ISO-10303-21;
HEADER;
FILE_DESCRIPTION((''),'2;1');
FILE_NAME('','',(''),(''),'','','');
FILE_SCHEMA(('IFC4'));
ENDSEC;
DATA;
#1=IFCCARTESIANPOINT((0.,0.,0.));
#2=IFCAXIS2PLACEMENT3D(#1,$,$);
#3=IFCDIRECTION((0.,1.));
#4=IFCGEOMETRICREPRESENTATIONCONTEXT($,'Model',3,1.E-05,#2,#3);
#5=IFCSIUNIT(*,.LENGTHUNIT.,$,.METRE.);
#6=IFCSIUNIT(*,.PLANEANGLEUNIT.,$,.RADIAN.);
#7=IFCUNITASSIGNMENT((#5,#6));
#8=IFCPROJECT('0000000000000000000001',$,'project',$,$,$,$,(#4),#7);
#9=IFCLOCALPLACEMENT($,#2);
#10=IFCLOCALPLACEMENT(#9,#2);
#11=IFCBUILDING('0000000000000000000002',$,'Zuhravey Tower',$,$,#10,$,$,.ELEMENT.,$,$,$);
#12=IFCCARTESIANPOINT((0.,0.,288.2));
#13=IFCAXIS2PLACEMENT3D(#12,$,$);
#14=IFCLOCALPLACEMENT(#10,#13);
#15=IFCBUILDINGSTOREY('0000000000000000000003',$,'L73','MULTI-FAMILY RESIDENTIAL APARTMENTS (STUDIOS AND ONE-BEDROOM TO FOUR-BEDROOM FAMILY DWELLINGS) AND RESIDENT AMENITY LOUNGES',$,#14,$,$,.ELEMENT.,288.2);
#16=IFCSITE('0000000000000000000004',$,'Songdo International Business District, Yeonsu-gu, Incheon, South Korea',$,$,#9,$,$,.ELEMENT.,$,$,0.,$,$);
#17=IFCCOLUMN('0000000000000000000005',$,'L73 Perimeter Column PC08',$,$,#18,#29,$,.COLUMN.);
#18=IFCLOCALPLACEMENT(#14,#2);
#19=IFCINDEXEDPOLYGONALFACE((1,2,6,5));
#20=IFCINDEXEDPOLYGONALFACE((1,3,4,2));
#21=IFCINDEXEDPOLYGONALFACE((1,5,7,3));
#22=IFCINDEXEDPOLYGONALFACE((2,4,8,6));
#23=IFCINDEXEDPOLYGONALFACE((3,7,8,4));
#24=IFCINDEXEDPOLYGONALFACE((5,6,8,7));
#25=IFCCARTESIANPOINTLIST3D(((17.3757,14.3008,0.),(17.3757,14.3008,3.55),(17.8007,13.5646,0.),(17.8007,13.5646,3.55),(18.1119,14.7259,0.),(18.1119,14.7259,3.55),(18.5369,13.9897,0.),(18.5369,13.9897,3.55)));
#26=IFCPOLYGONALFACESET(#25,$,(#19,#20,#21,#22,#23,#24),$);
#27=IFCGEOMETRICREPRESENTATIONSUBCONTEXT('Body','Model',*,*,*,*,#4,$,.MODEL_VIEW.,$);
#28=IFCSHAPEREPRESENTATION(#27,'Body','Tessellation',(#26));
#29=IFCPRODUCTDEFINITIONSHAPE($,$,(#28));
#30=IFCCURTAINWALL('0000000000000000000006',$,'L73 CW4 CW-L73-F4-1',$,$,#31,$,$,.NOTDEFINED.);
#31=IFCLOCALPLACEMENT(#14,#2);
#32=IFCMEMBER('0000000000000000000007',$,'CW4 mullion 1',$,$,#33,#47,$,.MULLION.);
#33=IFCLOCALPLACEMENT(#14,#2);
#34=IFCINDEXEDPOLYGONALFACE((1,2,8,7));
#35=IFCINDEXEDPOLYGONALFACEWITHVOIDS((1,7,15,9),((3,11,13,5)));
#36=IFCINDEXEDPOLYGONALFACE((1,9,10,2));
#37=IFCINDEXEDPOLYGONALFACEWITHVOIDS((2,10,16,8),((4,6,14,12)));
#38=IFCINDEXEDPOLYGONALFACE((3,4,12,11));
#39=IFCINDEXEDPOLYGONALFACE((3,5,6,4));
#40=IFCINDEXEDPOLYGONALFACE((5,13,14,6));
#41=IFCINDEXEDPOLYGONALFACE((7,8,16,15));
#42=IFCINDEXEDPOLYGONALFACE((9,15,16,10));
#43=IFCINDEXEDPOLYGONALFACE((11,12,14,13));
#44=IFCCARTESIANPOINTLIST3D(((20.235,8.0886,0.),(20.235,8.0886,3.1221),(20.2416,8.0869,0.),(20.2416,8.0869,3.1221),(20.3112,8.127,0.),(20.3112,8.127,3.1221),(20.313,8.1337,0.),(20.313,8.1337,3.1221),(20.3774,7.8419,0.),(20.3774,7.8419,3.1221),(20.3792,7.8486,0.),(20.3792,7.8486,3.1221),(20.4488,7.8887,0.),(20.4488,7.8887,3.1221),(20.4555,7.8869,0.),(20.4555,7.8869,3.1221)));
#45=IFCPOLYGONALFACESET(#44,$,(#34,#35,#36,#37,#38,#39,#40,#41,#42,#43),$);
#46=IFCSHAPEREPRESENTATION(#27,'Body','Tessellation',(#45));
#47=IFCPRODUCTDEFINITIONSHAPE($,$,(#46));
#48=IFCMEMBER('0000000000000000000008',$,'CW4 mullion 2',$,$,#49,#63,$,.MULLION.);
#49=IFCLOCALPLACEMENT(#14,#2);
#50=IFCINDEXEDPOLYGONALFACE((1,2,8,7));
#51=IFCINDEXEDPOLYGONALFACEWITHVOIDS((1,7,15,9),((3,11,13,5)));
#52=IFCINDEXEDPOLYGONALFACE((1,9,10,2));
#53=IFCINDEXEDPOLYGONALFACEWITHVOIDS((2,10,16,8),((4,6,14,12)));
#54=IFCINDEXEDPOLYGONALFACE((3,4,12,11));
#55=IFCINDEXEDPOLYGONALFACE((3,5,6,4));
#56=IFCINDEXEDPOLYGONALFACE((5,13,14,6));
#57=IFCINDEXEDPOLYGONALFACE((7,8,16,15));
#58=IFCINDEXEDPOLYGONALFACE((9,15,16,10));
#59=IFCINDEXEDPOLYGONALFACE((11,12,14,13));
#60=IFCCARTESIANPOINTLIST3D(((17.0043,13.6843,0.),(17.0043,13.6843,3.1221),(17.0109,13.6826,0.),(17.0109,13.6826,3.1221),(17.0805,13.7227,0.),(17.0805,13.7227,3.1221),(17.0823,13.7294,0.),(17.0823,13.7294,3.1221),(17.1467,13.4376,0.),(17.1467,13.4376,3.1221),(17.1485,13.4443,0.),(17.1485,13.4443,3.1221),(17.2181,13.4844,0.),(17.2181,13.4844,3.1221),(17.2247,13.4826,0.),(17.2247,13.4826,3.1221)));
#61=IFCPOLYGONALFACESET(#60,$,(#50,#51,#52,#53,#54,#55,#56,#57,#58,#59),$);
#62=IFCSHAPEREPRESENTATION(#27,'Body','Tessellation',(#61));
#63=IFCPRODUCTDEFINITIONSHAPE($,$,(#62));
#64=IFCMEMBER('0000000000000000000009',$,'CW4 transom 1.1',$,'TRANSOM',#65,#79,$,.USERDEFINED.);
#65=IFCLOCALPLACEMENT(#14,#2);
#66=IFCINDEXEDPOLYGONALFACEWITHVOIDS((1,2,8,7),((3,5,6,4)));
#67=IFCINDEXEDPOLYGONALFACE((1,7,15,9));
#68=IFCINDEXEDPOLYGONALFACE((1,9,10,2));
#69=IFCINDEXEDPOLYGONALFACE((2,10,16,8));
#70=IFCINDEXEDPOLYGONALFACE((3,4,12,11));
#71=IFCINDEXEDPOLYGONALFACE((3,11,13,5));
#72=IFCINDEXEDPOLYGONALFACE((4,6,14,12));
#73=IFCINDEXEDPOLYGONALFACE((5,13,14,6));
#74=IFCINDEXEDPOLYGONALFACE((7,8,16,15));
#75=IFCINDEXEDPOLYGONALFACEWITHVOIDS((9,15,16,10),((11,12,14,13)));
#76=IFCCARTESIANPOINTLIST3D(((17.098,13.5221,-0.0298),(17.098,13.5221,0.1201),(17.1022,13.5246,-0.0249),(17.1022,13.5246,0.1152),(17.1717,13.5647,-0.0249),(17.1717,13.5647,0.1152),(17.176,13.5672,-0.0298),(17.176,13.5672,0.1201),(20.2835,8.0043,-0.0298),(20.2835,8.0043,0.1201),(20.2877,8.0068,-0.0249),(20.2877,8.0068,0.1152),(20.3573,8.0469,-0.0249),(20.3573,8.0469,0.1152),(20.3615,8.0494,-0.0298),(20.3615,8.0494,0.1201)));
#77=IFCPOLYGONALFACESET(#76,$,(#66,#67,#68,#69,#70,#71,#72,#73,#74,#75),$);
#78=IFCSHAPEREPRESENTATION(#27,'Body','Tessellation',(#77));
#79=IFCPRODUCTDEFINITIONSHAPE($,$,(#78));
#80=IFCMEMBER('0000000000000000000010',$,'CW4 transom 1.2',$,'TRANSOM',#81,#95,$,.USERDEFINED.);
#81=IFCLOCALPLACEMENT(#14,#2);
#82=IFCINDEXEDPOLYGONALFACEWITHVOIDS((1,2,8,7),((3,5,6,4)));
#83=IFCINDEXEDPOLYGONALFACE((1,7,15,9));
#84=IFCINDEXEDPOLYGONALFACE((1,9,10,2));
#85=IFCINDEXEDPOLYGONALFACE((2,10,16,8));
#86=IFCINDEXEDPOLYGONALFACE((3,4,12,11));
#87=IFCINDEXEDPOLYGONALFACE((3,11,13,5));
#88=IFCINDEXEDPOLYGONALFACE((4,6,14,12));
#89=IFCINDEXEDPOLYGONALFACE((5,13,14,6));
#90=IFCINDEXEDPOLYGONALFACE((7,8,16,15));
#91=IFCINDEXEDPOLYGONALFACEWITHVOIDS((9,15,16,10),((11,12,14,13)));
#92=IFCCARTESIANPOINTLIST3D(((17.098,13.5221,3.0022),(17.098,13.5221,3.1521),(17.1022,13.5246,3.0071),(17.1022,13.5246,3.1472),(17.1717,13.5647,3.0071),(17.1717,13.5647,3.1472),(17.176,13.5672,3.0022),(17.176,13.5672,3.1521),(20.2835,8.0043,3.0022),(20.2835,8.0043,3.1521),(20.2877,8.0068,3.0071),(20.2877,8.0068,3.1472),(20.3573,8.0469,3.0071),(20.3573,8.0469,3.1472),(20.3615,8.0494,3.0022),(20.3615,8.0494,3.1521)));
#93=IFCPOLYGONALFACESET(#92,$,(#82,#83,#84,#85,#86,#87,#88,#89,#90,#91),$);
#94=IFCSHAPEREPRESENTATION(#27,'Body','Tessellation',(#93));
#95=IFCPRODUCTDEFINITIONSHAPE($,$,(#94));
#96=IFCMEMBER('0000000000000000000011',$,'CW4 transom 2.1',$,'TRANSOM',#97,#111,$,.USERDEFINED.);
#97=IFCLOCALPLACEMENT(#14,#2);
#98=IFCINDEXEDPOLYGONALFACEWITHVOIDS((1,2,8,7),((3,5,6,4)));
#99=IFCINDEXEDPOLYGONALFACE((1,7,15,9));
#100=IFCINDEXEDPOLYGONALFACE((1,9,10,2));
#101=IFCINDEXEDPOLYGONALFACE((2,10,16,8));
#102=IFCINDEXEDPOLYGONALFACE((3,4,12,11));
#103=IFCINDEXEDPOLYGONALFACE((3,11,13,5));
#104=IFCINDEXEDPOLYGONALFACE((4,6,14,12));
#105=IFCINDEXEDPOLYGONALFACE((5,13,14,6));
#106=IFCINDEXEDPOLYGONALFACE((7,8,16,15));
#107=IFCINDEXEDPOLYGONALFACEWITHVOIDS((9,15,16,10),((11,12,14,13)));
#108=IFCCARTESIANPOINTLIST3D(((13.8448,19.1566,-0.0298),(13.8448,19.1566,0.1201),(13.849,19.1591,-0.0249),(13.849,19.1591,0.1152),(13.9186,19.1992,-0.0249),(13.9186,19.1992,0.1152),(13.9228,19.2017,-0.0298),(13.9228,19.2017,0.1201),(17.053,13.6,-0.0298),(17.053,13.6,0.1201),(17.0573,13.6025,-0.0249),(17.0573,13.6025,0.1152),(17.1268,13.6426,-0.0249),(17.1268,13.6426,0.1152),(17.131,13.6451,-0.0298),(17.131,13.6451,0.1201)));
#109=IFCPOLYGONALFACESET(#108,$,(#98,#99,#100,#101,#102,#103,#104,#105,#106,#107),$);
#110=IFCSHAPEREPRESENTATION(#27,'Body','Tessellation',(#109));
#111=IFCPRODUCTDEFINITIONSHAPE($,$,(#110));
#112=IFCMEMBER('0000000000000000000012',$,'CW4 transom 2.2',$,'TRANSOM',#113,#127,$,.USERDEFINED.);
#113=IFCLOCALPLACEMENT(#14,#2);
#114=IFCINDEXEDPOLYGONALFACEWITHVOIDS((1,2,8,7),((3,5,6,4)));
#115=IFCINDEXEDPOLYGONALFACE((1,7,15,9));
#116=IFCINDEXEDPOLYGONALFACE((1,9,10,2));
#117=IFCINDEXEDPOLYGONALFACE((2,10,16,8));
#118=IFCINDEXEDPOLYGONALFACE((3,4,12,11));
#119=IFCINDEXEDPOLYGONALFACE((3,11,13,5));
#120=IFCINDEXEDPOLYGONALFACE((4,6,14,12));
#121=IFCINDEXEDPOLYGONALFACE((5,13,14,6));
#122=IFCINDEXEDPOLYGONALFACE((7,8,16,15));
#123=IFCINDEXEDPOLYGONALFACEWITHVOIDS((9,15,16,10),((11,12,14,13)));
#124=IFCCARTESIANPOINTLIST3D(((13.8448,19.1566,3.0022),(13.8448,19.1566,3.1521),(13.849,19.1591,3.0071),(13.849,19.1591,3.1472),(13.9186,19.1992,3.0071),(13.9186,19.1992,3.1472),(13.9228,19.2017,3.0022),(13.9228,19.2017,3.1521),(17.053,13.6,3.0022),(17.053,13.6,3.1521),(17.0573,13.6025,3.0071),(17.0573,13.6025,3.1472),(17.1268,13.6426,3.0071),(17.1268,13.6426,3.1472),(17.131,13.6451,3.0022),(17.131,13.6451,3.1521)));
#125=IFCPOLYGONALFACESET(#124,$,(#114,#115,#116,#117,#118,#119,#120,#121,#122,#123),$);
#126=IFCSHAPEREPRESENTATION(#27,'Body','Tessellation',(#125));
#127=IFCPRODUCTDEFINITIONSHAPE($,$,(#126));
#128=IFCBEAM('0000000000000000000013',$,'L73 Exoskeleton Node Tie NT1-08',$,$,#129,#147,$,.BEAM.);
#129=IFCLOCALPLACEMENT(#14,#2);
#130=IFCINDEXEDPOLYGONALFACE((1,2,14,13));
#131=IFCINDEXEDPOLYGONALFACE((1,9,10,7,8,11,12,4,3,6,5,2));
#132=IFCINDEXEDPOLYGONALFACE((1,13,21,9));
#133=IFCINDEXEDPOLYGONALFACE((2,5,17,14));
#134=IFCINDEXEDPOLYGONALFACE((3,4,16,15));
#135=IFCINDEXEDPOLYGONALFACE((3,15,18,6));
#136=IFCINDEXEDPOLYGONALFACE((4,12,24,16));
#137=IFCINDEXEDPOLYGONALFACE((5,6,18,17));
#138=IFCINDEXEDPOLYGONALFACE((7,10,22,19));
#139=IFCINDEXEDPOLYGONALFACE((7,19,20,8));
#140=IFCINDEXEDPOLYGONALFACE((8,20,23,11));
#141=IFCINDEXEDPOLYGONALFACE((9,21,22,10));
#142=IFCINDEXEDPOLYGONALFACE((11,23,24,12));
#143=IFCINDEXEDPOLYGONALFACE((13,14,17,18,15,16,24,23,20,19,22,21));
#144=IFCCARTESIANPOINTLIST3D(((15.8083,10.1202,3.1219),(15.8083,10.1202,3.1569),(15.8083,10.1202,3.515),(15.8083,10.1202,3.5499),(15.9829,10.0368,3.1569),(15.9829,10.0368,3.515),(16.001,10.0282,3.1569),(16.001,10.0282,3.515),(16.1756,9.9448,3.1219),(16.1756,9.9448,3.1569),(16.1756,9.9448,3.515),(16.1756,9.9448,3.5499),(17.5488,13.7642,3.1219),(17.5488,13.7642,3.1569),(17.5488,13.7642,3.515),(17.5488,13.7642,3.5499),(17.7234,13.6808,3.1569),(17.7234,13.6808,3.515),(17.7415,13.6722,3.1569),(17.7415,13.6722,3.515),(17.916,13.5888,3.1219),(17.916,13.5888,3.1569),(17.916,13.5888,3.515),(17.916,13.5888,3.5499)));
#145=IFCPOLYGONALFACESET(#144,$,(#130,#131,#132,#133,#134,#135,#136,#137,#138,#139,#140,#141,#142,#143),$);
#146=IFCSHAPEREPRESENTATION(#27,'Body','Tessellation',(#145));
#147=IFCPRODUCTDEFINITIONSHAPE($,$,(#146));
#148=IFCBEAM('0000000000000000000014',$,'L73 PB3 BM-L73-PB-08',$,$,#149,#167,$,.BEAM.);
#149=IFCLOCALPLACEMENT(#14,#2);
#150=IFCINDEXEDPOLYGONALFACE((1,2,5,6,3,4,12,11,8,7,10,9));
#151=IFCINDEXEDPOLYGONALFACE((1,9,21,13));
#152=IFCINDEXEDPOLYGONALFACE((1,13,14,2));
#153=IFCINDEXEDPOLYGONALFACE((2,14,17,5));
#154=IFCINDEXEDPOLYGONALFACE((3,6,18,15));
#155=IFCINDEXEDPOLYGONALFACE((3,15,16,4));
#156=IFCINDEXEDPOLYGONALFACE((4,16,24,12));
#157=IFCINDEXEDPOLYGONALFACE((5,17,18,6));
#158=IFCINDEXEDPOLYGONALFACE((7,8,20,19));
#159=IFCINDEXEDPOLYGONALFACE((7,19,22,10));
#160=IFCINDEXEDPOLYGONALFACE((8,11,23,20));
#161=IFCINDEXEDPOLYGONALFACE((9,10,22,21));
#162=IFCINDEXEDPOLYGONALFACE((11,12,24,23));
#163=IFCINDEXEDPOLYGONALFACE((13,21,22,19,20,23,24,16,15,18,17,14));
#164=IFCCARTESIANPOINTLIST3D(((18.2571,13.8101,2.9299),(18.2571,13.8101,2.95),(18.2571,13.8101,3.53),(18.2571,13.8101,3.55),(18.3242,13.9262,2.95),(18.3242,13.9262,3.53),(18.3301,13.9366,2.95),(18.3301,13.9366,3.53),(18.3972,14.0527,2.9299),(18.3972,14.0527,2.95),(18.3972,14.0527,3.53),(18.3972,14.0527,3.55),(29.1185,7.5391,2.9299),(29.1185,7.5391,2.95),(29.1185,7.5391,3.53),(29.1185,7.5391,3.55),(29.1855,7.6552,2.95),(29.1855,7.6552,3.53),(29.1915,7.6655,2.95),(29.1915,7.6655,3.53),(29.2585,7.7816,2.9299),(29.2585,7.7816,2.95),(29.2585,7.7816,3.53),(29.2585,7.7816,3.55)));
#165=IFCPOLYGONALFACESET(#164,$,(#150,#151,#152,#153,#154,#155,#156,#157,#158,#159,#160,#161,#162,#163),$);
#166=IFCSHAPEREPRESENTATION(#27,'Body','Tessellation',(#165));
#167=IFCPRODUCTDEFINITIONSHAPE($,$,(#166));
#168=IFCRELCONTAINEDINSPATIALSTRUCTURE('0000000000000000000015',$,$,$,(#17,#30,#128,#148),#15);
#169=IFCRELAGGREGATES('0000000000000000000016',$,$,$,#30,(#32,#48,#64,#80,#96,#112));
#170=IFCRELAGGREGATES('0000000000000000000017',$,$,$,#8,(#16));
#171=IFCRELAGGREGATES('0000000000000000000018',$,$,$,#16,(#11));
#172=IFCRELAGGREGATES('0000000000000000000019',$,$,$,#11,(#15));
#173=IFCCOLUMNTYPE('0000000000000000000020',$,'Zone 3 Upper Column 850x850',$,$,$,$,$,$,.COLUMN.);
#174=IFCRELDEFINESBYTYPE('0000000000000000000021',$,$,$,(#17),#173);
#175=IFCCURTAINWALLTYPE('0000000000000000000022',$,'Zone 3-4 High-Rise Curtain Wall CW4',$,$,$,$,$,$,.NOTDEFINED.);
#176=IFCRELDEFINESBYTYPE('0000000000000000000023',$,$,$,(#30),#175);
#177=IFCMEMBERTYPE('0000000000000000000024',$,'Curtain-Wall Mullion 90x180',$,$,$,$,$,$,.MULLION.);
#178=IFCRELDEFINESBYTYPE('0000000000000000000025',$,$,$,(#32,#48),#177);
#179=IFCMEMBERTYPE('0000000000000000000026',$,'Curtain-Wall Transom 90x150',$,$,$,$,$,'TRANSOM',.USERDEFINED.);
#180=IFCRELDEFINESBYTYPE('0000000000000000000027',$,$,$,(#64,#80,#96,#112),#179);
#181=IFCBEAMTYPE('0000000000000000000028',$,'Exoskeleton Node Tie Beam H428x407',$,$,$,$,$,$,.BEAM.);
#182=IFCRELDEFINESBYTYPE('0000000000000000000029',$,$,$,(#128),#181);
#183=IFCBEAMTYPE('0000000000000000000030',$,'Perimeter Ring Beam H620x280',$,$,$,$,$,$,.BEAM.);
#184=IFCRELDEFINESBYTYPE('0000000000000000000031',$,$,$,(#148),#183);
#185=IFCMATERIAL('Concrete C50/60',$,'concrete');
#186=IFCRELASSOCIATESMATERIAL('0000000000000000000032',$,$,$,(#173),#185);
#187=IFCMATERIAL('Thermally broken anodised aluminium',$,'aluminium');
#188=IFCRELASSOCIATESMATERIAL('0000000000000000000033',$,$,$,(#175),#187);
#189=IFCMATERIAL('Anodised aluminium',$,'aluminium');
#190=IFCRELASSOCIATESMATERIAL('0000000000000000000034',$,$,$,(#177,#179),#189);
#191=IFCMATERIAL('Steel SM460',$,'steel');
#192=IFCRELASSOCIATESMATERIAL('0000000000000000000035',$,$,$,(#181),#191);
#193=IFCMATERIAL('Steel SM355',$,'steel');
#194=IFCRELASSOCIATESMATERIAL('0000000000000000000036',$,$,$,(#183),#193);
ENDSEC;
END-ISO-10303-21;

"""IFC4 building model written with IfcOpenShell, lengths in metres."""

from ifc_helpers import new_model, si_unit, direction, frame, origin, origin_2d, place, context, subcontext, project, spatial, rectangle, hollow_rectangle, i_section, extrude, material, material_profile, profile_set, type_object, element, aggregate, save


model = new_model("IFC4")

# Units and contexts
model_context = context("Model", 3, precision=1e-05, world=origin(), true_north=direction((0.0, 1.0)))
body_context = subcontext(model_context, "Body", "Model", "MODEL_VIEW")
ifc_project = project(units=[si_unit("LENGTHUNIT", "METRE"), si_unit("PLANEANGLEUNIT", "RADIAN")], contexts=[model_context])

# Site, building, storey
site_placement = place(None, origin())
site = spatial("IfcSite", under=ifc_project, at=site_placement, Name="Songdo International Business District, Yeonsu-gu, Incheon, South Korea", CompositionType="ELEMENT", RefElevation=0.0)
building_placement = place(site_placement, origin())
building = spatial("IfcBuilding", under=site, at=building_placement, Name="Zuhravey Tower", CompositionType="ELEMENT")
storey_placement = place(building_placement, frame((0.0, 0.0, 288.2)))
storey = spatial("IfcBuildingStorey", under=building, at=storey_placement, Name="L73", Description="MULTI-FAMILY RESIDENTIAL APARTMENTS (STUDIOS AND ONE-BEDROOM TO FOUR-BEDROOM FAMILY DWELLINGS) AND RESIDENT AMENITY LOUNGES", CompositionType="ELEMENT", Elevation=288.2)

# Column
ifc_material_1 = material(Name="Concrete C50/60", Category="concrete")
ifc_material_profile_1 = material_profile(ifc_material_1, rectangle(XDim=0.8501, YDim=0.8501, at=origin_2d()), Name="RC-850x850")
ifc_profile_set_1 = profile_set([ifc_material_profile_1], Name="Concrete C50/60")
column_type = type_object("IfcColumnType", Name="Zone 3 Upper Column 850x850", PredefinedType="COLUMN", material=ifc_profile_set_1)
column_placement = place(storey_placement, frame((17.9563, 14.1453, 0.0), z_axis=(0.0, 0.0, 1.0), x_axis=(0.5, -0.866025, 0.0)))
element("IfcColumn", 1, at=column_placement, inside=storey, type_object=column_type, Name="L73 Perimeter Column PC08", PredefinedType="COLUMN", context=body_context, shape_type="SweptSolid", body=[
    extrude(rectangle(XDim=0.8501, YDim=0.8501, at=origin_2d()), origin(), (0.0, 0.0, 1.0), 3.55),
])

# Curtain wall, members
ifc_material_2 = material(Name="Thermally broken anodised aluminium", Category="aluminium")
curtain_wall_type = type_object("IfcCurtainWallType", Name="Zone 3-4 High-Rise Curtain Wall CW4", PredefinedType="NOTDEFINED", material=ifc_material_2)
curtain_wall_placement = place(storey_placement, origin())
curtain_wall = element("IfcCurtainWall", 2, at=curtain_wall_placement, inside=storey, type_object=curtain_wall_type, Name="L73 CW4 CW-L73-F4-1", PredefinedType="NOTDEFINED")
ifc_material_3 = material(Name="Anodised aluminium", Category="aluminium")
ifc_material_profile_2 = material_profile(ifc_material_3, hollow_rectangle(XDim=0.0901, YDim=0.2849, WallThickness=0.0049, at=origin_2d()), Name="ALU-RHS-90x285x5")
ifc_profile_set_2 = profile_set([ifc_material_profile_2], Name="Anodised aluminium")
member_type_1 = type_object("IfcMemberType", Name="Curtain-Wall Mullion 90x180", PredefinedType="MULLION", material=ifc_profile_set_2)
member_1_placement = place(storey_placement, frame((20.3452, 7.9878, 0.0), z_axis=(0.0, 0.0, 1.0), x_axis=(-0.866025, -0.500001, 0.0)))
member_1 = element("IfcMember", 3, at=member_1_placement, type_object=member_type_1, Name="CW4 mullion 1", PredefinedType="MULLION", context=body_context, shape_type="SweptSolid", body=[
    extrude(hollow_rectangle(XDim=0.0901, YDim=0.2849, WallThickness=0.0049, at=origin_2d()), origin(), (0.0, 0.0, 1.0), 3.1221),
])
member_2_placement = place(storey_placement, frame((17.1145, 13.5835, 0.0), z_axis=(0.0, 0.0, 1.0), x_axis=(-0.866025, -0.500001, 0.0)))
member_2 = element("IfcMember", 4, at=member_2_placement, type_object=member_type_1, Name="CW4 mullion 2", PredefinedType="MULLION", context=body_context, shape_type="SweptSolid", body=[
    extrude(hollow_rectangle(XDim=0.0901, YDim=0.2849, WallThickness=0.0049, at=origin_2d()), origin(), (0.0, 0.0, 1.0), 3.1221),
])
ifc_material_profile_3 = material_profile(ifc_material_3, hollow_rectangle(XDim=0.0901, YDim=0.1499, WallThickness=0.0049, at=origin_2d()), Name="ALU-RHS-90x150x5")
ifc_profile_set_3 = profile_set([ifc_material_profile_3], Name="Anodised aluminium")
member_type_2 = type_object("IfcMemberType", Name="Curtain-Wall Transom 90x150", ElementType="TRANSOM", PredefinedType="USERDEFINED", material=ifc_profile_set_3)
member_3_placement = place(storey_placement, frame((20.3225, 8.0269, 0.0452), z_axis=(-0.49998, 0.866037, 0.0), x_axis=(-0.866037, -0.49998, 0.0)))
member_3 = element("IfcMember", 5, at=member_3_placement, type_object=member_type_2, Name="CW4 transom 1.1", ObjectType="TRANSOM", PredefinedType="USERDEFINED", context=body_context, shape_type="SweptSolid", body=[
    extrude(hollow_rectangle(XDim=0.0901, YDim=0.1499, WallThickness=0.0049, at=origin_2d()), origin(), (0.0, 0.0, 1.0), 6.3713),
])
member_4_placement = place(storey_placement, frame((20.3225, 8.0269, 3.0771), z_axis=(-0.49998, 0.866037, 0.0), x_axis=(-0.866037, -0.49998, 0.0)))
member_4 = element("IfcMember", 6, at=member_4_placement, type_object=member_type_2, Name="CW4 transom 1.2", ObjectType="TRANSOM", PredefinedType="USERDEFINED", context=body_context, shape_type="SweptSolid", body=[
    extrude(hollow_rectangle(XDim=0.0901, YDim=0.1499, WallThickness=0.0049, at=origin_2d()), origin(), (0.0, 0.0, 1.0), 6.3713),
])
member_5_placement = place(storey_placement, frame((17.092, 13.6226, 0.0452), z_axis=(-0.500014, 0.866017, 0.0), x_axis=(-0.866017, -0.500014, 0.0)))
member_5 = element("IfcMember", 7, at=member_5_placement, type_object=member_type_2, Name="CW4 transom 2.1", ObjectType="TRANSOM", PredefinedType="USERDEFINED", context=body_context, shape_type="SweptSolid", body=[
    extrude(hollow_rectangle(XDim=0.0901, YDim=0.1499, WallThickness=0.0049, at=origin_2d()), origin(), (0.0, 0.0, 1.0), 6.4163),
])
member_6_placement = place(storey_placement, frame((17.092, 13.6226, 3.0771), z_axis=(-0.500014, 0.866017, 0.0), x_axis=(-0.866017, -0.500014, 0.0)))
member_6 = element("IfcMember", 8, at=member_6_placement, type_object=member_type_2, Name="CW4 transom 2.2", ObjectType="TRANSOM", PredefinedType="USERDEFINED", context=body_context, shape_type="SweptSolid", body=[
    extrude(hollow_rectangle(XDim=0.0901, YDim=0.1499, WallThickness=0.0049, at=origin_2d()), origin(), (0.0, 0.0, 1.0), 6.4163),
])

# Beams
ifc_material_4 = material(Name="Steel SM460", Category="steel")
ifc_material_profile_4 = material_profile(ifc_material_4, i_section(OverallWidth=0.407, OverallDepth=0.428, WebThickness=0.02, FlangeThickness=0.0349, at=origin_2d()), Name="H-428x407x20x35")
ifc_profile_set_4 = profile_set([ifc_material_profile_4], Name="Steel SM460")
beam_type_1 = type_object("IfcBeamType", Name="Exoskeleton Node Tie Beam H428x407", PredefinedType="BEAM", material=ifc_profile_set_4)
beam_1_placement = place(storey_placement, frame((17.7324, 13.6765, 3.3359), z_axis=(-0.430987, -0.902358, 0.0), x_axis=(0.902358, -0.430987, 0.0)))
element("IfcBeam", 9, at=beam_1_placement, inside=storey, type_object=beam_type_1, Name="L73 Exoskeleton Node Tie NT1-08", PredefinedType="BEAM", context=body_context, shape_type="SweptSolid", body=[
    extrude(i_section(OverallWidth=0.407, OverallDepth=0.428, WebThickness=0.02, FlangeThickness=0.0349, at=origin_2d()), origin(), (0.0, 0.0, 1.0), 4.0383),
])
ifc_material_5 = material(Name="Steel SM355", Category="steel")
ifc_material_profile_5 = material_profile(ifc_material_5, i_section(OverallWidth=0.28, OverallDepth=0.6201, WebThickness=0.012, FlangeThickness=0.02, at=origin_2d()), Name="H-620x280x12x20")
ifc_profile_set_5 = profile_set([ifc_material_profile_5], Name="Steel SM355")
beam_type_2 = type_object("IfcBeamType", Name="Perimeter Ring Beam H620x280", PredefinedType="BEAM", material=ifc_profile_set_5)
beam_2_placement = place(storey_placement, frame((18.3271, 13.9314, 3.24), z_axis=(0.866018, -0.500012, 0.0), x_axis=(0.500012, 0.866018, 0.0)))
element("IfcBeam", 10, at=beam_2_placement, inside=storey, type_object=beam_type_2, Name="L73 PB3 BM-L73-PB-08", PredefinedType="BEAM", context=body_context, shape_type="SweptSolid", body=[
    extrude(i_section(OverallWidth=0.28, OverallDepth=0.6201, WebThickness=0.012, FlangeThickness=0.02, at=origin_2d()), origin(), (0.0, 0.0, 1.0), 12.5417),
])

aggregate(curtain_wall, [member_1, member_2, member_3, member_4, member_5, member_6])

save(model, "model.ifc")
